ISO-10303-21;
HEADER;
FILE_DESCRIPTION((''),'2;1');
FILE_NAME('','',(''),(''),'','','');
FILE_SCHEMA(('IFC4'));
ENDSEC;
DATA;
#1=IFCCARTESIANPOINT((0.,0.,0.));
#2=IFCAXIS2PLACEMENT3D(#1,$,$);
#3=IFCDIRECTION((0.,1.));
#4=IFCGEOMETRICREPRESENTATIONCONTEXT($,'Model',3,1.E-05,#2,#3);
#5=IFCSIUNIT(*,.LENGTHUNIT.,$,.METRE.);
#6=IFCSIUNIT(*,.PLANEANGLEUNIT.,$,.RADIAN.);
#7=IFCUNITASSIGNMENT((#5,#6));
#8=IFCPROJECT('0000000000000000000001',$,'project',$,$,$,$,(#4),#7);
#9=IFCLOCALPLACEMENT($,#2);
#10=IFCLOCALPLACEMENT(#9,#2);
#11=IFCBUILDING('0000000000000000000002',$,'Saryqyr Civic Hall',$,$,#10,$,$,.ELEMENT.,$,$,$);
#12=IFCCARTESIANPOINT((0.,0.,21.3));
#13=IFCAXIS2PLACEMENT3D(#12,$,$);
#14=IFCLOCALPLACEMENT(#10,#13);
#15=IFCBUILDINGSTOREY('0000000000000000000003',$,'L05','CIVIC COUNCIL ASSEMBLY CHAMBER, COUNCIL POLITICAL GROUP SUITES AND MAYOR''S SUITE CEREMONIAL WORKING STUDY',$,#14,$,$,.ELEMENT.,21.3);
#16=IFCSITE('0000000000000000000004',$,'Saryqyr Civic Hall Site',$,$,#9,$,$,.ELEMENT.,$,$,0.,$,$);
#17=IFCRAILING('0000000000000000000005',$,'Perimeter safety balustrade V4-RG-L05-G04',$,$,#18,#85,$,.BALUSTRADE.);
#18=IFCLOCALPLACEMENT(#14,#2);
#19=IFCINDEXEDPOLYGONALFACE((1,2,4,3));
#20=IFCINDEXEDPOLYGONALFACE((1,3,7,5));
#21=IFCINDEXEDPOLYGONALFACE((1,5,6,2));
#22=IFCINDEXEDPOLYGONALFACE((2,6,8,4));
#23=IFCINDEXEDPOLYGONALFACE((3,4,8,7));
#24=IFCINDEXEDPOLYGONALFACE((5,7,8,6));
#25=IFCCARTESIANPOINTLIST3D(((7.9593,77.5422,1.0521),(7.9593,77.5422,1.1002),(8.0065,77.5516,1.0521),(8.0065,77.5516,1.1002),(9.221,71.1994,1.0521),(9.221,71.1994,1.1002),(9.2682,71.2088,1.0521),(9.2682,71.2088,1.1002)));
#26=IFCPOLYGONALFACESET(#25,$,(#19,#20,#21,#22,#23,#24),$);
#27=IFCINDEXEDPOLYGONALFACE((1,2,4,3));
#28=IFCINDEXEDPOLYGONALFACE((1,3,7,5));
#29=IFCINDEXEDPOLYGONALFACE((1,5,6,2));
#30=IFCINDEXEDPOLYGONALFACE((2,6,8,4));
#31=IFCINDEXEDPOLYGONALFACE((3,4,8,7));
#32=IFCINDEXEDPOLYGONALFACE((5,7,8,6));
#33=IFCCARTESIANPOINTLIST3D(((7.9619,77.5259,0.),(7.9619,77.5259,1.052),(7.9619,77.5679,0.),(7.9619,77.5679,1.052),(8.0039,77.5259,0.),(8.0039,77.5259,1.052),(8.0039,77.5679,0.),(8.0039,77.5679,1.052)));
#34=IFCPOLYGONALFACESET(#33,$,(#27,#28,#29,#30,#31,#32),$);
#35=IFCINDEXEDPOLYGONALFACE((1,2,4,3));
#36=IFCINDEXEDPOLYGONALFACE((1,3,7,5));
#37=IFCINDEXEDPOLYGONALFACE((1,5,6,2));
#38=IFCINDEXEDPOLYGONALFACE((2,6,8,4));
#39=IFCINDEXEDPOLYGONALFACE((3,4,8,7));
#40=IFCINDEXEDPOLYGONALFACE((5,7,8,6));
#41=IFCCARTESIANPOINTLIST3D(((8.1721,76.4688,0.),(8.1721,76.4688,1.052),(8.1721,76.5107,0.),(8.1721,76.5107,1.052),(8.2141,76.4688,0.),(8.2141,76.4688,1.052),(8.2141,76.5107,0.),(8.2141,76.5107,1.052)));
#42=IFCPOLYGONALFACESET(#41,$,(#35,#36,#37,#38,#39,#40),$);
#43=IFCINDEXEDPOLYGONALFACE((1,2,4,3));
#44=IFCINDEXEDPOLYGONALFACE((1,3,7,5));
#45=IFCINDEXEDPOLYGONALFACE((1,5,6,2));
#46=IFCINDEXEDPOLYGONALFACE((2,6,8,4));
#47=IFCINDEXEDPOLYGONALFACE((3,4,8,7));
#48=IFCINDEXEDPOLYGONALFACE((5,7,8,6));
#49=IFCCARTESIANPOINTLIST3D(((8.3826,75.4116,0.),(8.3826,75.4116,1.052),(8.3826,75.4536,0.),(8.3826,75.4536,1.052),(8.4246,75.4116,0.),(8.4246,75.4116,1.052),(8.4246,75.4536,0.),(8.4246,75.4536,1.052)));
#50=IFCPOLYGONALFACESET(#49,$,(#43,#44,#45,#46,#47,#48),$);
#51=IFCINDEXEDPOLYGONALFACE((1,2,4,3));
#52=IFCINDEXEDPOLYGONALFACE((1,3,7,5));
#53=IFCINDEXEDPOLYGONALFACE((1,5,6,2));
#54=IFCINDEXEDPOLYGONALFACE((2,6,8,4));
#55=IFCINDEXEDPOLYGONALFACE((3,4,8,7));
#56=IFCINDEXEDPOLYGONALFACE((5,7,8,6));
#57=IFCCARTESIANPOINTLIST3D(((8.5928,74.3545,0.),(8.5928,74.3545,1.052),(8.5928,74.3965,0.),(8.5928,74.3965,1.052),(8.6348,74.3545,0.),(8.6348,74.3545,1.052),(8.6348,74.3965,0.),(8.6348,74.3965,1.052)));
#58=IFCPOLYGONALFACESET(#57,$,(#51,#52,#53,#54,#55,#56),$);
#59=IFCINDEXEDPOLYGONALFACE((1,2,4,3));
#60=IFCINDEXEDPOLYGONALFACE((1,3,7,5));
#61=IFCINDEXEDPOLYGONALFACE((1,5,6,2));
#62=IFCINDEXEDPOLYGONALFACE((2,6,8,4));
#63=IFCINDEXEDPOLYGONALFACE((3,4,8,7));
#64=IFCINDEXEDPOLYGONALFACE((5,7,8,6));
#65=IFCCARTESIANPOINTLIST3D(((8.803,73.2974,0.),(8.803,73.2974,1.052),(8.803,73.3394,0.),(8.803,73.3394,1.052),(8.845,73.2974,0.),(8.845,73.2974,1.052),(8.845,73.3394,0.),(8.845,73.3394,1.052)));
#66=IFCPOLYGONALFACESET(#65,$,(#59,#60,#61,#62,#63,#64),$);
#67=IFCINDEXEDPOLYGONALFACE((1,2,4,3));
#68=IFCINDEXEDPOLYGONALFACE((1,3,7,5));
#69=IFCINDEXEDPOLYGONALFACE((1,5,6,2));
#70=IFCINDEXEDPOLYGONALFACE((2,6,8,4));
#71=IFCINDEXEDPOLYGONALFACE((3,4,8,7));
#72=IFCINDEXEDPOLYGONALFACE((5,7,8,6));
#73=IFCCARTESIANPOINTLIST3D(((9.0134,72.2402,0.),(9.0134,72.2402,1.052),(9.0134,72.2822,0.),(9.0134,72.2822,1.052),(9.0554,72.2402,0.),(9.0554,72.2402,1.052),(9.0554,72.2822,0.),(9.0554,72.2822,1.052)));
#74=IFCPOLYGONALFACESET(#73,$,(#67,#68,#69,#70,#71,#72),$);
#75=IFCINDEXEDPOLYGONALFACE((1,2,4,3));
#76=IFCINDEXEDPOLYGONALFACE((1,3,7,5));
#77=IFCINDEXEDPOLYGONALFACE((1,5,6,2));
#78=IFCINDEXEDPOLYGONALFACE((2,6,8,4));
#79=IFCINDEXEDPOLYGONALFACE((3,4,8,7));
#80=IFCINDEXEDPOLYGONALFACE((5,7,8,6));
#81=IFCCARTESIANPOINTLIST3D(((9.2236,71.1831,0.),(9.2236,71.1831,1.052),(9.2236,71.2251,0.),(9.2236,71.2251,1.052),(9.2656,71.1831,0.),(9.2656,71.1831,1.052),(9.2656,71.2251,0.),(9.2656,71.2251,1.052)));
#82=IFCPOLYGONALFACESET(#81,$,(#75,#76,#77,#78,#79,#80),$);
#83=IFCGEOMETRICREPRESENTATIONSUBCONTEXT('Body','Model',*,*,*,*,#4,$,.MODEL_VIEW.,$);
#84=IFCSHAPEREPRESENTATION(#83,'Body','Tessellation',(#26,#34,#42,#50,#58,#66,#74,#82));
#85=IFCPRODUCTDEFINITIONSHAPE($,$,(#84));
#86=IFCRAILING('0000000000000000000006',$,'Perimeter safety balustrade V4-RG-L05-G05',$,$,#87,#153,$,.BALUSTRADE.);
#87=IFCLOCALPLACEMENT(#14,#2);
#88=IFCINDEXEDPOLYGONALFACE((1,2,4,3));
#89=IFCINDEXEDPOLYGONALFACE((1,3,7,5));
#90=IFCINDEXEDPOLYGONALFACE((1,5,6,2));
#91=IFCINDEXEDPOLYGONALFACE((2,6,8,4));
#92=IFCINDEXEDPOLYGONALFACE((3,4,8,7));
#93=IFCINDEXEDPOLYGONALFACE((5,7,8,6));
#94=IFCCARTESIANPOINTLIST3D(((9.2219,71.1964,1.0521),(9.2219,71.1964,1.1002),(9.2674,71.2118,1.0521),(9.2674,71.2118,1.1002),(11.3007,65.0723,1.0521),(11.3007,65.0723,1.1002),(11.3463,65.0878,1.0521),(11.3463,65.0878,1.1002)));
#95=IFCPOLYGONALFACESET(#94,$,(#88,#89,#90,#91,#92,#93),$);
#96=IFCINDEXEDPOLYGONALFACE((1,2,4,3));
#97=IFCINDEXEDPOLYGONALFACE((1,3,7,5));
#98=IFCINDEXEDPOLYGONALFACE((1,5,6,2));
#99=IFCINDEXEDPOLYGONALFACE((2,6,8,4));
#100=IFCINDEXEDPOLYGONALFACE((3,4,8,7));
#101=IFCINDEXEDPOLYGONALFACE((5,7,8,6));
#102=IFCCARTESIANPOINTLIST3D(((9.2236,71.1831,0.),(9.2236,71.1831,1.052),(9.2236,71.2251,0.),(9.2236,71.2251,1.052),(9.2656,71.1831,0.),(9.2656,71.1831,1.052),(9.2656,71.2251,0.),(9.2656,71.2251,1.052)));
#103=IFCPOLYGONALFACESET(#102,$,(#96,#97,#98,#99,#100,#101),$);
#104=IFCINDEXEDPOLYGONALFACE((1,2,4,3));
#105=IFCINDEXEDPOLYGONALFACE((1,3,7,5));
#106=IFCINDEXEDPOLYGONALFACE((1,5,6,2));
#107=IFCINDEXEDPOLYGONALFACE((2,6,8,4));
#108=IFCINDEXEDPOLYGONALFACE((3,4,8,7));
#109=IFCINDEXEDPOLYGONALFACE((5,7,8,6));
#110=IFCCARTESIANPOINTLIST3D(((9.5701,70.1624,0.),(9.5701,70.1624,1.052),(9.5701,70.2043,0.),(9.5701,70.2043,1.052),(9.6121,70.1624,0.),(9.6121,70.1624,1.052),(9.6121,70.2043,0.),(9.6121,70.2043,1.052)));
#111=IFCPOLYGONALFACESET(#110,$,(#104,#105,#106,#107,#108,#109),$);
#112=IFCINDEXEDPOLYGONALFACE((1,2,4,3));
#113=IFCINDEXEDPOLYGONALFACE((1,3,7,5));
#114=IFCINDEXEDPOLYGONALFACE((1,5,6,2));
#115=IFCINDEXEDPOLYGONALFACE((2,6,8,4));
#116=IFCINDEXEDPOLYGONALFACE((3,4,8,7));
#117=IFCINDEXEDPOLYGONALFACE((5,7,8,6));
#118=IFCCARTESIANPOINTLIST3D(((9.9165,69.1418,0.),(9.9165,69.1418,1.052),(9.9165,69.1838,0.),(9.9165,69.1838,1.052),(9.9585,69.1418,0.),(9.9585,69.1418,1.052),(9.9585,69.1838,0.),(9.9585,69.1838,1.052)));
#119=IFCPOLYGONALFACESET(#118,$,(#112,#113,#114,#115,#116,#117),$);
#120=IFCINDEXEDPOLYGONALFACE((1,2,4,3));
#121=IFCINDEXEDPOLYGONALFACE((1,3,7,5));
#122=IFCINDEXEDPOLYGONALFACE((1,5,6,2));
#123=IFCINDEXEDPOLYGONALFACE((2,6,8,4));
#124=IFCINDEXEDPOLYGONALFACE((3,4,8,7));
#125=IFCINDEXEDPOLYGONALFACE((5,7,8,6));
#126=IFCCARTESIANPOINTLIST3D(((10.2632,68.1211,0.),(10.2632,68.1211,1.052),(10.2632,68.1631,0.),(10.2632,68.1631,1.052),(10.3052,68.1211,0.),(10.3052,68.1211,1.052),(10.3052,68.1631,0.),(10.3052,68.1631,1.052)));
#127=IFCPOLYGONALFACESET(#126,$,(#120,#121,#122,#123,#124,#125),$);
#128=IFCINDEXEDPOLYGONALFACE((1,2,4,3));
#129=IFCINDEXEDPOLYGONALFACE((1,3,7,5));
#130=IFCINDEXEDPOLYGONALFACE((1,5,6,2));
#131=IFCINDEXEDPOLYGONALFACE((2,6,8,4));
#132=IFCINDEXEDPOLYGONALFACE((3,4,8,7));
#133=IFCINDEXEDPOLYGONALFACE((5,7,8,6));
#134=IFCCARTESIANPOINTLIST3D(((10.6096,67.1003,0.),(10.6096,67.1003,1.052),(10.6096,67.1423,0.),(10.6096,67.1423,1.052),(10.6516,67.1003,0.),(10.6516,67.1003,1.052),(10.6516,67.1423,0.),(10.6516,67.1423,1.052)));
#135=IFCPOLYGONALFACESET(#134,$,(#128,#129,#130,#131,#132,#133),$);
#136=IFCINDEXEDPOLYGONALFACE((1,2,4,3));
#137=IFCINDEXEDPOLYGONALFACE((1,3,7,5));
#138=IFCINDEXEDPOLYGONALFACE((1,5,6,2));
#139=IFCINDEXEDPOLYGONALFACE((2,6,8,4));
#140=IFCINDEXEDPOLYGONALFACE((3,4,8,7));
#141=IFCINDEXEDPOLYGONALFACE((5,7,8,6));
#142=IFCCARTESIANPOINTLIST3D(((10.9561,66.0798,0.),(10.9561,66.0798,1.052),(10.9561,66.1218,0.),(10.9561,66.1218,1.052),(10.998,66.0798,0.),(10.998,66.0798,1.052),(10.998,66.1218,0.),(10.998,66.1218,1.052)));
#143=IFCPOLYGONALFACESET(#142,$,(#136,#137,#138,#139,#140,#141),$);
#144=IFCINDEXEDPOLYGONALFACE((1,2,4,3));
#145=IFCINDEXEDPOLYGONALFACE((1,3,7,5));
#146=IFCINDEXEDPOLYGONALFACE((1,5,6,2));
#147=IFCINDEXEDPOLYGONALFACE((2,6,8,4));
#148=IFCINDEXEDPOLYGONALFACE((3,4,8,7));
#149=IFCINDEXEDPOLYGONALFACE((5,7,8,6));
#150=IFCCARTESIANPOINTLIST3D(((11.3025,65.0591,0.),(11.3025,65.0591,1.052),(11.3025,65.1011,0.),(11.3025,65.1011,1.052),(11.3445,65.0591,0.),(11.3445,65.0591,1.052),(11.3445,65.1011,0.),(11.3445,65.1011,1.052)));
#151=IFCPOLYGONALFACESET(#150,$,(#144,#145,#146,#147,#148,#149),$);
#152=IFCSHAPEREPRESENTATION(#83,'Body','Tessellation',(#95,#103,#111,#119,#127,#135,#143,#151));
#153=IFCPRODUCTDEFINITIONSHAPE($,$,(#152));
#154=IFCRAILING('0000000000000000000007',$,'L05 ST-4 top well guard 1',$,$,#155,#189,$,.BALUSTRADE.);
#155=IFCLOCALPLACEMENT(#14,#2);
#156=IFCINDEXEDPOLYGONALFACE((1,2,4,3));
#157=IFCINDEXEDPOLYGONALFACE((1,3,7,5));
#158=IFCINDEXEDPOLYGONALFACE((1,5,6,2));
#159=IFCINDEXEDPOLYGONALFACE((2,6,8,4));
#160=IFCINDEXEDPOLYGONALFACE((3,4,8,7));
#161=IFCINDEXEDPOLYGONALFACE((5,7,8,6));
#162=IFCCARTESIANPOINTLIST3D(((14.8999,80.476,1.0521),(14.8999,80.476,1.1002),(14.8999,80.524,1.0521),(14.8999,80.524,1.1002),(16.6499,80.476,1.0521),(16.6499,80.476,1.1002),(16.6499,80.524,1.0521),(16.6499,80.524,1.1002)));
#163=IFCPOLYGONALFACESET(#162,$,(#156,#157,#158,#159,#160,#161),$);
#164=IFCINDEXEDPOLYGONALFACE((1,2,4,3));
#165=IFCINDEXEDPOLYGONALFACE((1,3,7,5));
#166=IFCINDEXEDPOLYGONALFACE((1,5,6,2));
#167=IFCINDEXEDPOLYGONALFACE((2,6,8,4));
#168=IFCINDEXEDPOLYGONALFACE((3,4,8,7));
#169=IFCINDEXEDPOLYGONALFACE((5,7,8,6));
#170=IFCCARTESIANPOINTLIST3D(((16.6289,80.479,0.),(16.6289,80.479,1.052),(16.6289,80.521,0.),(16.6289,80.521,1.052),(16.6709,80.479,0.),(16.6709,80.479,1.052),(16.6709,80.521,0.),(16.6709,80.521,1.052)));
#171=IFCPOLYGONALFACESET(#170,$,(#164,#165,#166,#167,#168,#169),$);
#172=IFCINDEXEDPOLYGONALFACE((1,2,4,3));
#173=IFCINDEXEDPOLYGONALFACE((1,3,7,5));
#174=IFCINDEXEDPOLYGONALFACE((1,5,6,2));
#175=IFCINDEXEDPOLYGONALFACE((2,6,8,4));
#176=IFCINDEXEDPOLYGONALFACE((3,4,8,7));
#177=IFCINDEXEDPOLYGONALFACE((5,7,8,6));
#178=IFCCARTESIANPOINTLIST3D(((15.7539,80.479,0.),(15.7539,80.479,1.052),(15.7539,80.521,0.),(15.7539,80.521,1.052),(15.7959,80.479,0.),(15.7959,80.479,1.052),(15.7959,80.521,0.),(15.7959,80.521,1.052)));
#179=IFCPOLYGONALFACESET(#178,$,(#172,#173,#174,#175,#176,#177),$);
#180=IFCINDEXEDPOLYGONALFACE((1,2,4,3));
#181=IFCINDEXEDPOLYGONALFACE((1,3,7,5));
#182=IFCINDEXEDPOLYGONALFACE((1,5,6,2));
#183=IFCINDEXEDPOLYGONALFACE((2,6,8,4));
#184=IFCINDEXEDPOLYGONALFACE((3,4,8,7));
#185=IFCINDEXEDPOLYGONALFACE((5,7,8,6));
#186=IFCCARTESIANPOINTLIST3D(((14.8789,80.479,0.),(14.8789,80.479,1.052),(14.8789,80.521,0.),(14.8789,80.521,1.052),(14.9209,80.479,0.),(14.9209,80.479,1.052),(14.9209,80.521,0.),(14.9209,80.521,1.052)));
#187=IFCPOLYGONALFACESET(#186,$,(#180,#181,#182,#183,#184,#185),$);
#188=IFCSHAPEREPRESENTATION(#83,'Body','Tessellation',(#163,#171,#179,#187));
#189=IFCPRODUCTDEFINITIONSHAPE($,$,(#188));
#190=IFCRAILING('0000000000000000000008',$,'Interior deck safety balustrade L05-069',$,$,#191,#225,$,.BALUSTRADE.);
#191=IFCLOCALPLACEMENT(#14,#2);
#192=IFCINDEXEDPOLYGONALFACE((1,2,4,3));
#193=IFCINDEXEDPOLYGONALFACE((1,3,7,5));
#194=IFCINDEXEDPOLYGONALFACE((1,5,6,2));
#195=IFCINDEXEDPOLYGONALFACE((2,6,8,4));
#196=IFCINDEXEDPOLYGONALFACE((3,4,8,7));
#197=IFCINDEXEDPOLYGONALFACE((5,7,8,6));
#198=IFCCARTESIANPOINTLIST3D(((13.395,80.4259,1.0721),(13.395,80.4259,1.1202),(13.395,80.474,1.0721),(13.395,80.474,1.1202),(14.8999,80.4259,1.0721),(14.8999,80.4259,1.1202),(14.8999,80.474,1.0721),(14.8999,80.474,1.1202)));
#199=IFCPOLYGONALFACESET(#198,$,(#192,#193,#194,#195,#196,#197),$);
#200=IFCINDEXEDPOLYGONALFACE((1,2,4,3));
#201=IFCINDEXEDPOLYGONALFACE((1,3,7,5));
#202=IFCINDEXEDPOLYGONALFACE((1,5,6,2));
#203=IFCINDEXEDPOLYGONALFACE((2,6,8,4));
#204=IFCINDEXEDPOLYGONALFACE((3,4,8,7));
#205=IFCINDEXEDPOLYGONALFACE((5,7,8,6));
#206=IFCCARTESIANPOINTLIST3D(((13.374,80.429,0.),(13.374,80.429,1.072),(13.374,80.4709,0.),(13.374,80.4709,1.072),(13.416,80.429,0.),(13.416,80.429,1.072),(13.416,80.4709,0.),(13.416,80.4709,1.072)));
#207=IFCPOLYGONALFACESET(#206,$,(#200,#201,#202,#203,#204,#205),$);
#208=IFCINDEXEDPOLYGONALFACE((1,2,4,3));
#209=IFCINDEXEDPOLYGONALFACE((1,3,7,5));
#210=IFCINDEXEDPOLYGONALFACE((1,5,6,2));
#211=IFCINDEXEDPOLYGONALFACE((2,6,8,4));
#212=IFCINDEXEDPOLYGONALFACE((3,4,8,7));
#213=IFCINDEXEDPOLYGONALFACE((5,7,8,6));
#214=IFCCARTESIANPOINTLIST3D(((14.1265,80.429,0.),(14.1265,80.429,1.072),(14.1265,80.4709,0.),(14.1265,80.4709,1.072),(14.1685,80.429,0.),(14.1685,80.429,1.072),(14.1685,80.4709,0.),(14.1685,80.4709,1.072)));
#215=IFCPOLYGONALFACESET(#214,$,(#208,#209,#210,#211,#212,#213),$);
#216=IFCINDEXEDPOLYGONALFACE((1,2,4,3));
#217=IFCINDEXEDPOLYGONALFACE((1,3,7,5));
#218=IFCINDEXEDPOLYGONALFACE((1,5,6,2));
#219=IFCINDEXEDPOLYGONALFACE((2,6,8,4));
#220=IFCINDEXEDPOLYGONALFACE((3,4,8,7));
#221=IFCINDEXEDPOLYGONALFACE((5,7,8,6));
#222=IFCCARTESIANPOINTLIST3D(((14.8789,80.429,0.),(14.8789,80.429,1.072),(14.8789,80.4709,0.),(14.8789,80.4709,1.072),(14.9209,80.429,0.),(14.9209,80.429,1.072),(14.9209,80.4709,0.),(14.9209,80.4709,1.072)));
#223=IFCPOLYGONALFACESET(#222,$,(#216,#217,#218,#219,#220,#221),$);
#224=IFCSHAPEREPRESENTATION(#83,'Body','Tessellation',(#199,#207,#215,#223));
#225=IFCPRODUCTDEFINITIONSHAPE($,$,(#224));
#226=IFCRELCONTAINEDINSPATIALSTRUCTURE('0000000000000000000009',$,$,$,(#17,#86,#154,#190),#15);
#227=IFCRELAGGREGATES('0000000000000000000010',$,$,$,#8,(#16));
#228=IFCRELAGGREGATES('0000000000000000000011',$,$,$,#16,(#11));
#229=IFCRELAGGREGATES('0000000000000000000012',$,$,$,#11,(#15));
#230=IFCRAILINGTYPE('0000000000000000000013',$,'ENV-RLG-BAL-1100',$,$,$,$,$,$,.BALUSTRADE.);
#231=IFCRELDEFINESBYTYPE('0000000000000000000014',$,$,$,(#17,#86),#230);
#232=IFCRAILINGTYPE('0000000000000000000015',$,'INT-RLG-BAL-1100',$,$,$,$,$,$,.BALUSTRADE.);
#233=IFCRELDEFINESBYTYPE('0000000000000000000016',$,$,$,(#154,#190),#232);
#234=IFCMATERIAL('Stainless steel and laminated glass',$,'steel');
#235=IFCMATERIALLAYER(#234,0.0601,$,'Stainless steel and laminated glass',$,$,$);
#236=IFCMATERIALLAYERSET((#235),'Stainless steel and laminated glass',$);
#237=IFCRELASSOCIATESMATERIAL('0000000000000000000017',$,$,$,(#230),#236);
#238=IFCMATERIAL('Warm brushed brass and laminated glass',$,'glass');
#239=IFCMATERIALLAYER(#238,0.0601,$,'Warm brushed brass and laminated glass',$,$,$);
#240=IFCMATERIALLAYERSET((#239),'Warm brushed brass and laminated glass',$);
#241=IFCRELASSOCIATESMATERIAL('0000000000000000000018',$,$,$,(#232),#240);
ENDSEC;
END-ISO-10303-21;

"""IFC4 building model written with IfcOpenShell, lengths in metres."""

from ifc_helpers import new_model, si_unit, direction, frame, origin, origin_2d, place, context, subcontext, project, spatial, rectangle, extrude, material, layer, layer_set, type_object, element, save


model = new_model("IFC4")

# Units and contexts
model_context = context("Model", 3, precision=1e-05, world=origin(), true_north=direction((0.0, 1.0)))
body_context = subcontext(model_context, "Body", "Model", "MODEL_VIEW")
ifc_project = project(units=[si_unit("LENGTHUNIT", "METRE"), si_unit("PLANEANGLEUNIT", "RADIAN")], contexts=[model_context])

# Site, building, storey
site_placement = place(None, origin())
site = spatial("IfcSite", under=ifc_project, at=site_placement, Name="Saryqyr Civic Hall Site", CompositionType="ELEMENT", RefElevation=0.0)
building_placement = place(site_placement, origin())
building = spatial("IfcBuilding", under=site, at=building_placement, Name="Saryqyr Civic Hall", CompositionType="ELEMENT")
storey_placement = place(building_placement, frame((0.0, 0.0, 21.3)))
storey = spatial("IfcBuildingStorey", under=building, at=storey_placement, Name="L05", Description="CIVIC COUNCIL ASSEMBLY CHAMBER, COUNCIL POLITICAL GROUP SUITES AND MAYOR'S SUITE CEREMONIAL WORKING STUDY", CompositionType="ELEMENT", Elevation=21.3)

# Railings
ifc_material_1 = material(Name="Stainless steel and laminated glass", Category="steel")
ifc_layer_1 = layer(ifc_material_1, 0.0601, Name="Stainless steel and laminated glass")
ifc_layer_set_1 = layer_set([ifc_layer_1], Name="Stainless steel and laminated glass")
railing_type_1 = type_object("IfcRailingType", Name="ENV-RLG-BAL-1100", PredefinedType="BALUSTRADE", material=ifc_layer_set_1)
railing_1_placement = place(storey_placement, frame((7.9829, 77.5469, 0.0)))
element("IfcRailing", 1, at=railing_1_placement, inside=storey, type_object=railing_type_1, Name="Perimeter safety balustrade V4-RG-L05-G04", PredefinedType="BALUSTRADE", context=body_context, shape_type="SweptSolid", body=[
    extrude(rectangle(XDim=0.0481, YDim=0.0481, at=origin_2d()), frame((0.0, 0.0, 1.0762), z_axis=(0.1951, -0.980783, 0.0), x_axis=(0.980783, 0.1951, 0.0)), (0.0, 0.0, 1.0), 6.467),
    extrude(rectangle(XDim=0.042, YDim=0.042, at=origin_2d()), origin(), (0.0, 0.0, 1.0), 1.052),
    extrude(rectangle(XDim=0.042, YDim=0.042, at=origin_2d()), frame((0.2102, -1.0571, 0.0)), (0.0, 0.0, 1.0), 1.052),
    extrude(rectangle(XDim=0.042, YDim=0.042, at=origin_2d()), frame((0.4207, -2.1143, 0.0)), (0.0, 0.0, 1.0), 1.052),
    extrude(rectangle(XDim=0.042, YDim=0.042, at=origin_2d()), frame((0.6309, -3.1714, 0.0)), (0.0, 0.0, 1.0), 1.052),
    extrude(rectangle(XDim=0.042, YDim=0.042, at=origin_2d()), frame((0.8411, -4.2285, 0.0)), (0.0, 0.0, 1.0), 1.052),
    extrude(rectangle(XDim=0.042, YDim=0.042, at=origin_2d()), frame((1.0515, -5.2856, 0.0)), (0.0, 0.0, 1.0), 1.052),
    extrude(rectangle(XDim=0.042, YDim=0.042, at=origin_2d()), frame((1.2617, -6.3428, 0.0)), (0.0, 0.0, 1.0), 1.052),
])
railing_2_placement = place(storey_placement, frame((9.2446, 71.2041, 0.0)))
element("IfcRailing", 2, at=railing_2_placement, inside=storey, type_object=railing_type_1, Name="Perimeter safety balustrade V4-RG-L05-G05", PredefinedType="BALUSTRADE", context=body_context, shape_type="SweptSolid", body=[
    extrude(rectangle(XDim=0.0481, YDim=0.0481, at=origin_2d()), frame((0.0, 0.0, 1.0762), z_axis=(0.321444, -0.946929, 0.0), x_axis=(0.946929, 0.321444, 0.0)), (0.0, 0.0, 1.0), 6.4673),
    extrude(rectangle(XDim=0.042, YDim=0.042, at=origin_2d()), origin(), (0.0, 0.0, 1.0), 1.052),
    extrude(rectangle(XDim=0.042, YDim=0.042, at=origin_2d()), frame((0.3464, -1.0208, 0.0)), (0.0, 0.0, 1.0), 1.052),
    extrude(rectangle(XDim=0.042, YDim=0.042, at=origin_2d()), frame((0.6929, -2.0413, 0.0)), (0.0, 0.0, 1.0), 1.052),
    extrude(rectangle(XDim=0.042, YDim=0.042, at=origin_2d()), frame((1.0396, -3.062, 0.0)), (0.0, 0.0, 1.0), 1.052),
    extrude(rectangle(XDim=0.042, YDim=0.042, at=origin_2d()), frame((1.386, -4.0828, 0.0)), (0.0, 0.0, 1.0), 1.052),
    extrude(rectangle(XDim=0.042, YDim=0.042, at=origin_2d()), frame((1.7324, -5.1033, 0.0)), (0.0, 0.0, 1.0), 1.052),
    extrude(rectangle(XDim=0.042, YDim=0.042, at=origin_2d()), frame((2.0789, -6.124, 0.0)), (0.0, 0.0, 1.0), 1.052),
])
ifc_material_2 = material(Name="Warm brushed brass and laminated glass", Category="glass")
ifc_layer_2 = layer(ifc_material_2, 0.0601, Name="Warm brushed brass and laminated glass")
ifc_layer_set_2 = layer_set([ifc_layer_2], Name="Warm brushed brass and laminated glass")
railing_type_2 = type_object("IfcRailingType", Name="INT-RLG-BAL-1100", PredefinedType="BALUSTRADE", material=ifc_layer_set_2)
railing_3_placement = place(storey_placement, frame((16.6499, 80.5, 0.0)))
element("IfcRailing", 3, at=railing_3_placement, inside=storey, type_object=railing_type_2, Name="L05 ST-4 top well guard 1", PredefinedType="BALUSTRADE", context=body_context, shape_type="SweptSolid", body=[
    extrude(rectangle(XDim=0.0481, YDim=0.0481, at=origin_2d()), frame((0.0, 0.0, 1.0762), z_axis=(-1.0, 0.0, 0.0), x_axis=(0.0, -1.0, 0.0)), (0.0, 0.0, 1.0), 1.75),
    extrude(rectangle(XDim=0.042, YDim=0.042, at=origin_2d()), origin(), (0.0, 0.0, 1.0), 1.052),
    extrude(rectangle(XDim=0.042, YDim=0.042, at=origin_2d()), frame((-0.875, 0.0, 0.0)), (0.0, 0.0, 1.0), 1.052),
    extrude(rectangle(XDim=0.042, YDim=0.042, at=origin_2d()), frame((-1.75, 0.0, 0.0)), (0.0, 0.0, 1.0), 1.052),
])
railing_4_placement = place(storey_placement, frame((13.395, 80.45, 0.0)))
element("IfcRailing", 4, at=railing_4_placement, inside=storey, type_object=railing_type_2, Name="Interior deck safety balustrade L05-069", PredefinedType="BALUSTRADE", context=body_context, shape_type="SweptSolid", body=[
    extrude(rectangle(XDim=0.0481, YDim=0.0481, at=origin_2d()), frame((0.0, 0.0, 1.0962), z_axis=(1.0, 0.0, 0.0), x_axis=(0.0, 1.0, 0.0)), (0.0, 0.0, 1.0), 1.5049),
    extrude(rectangle(XDim=0.042, YDim=0.042, at=origin_2d()), origin(), (0.0, 0.0, 1.0), 1.072),
    extrude(rectangle(XDim=0.042, YDim=0.042, at=origin_2d()), frame((0.7524, 0.0, 0.0)), (0.0, 0.0, 1.0), 1.072),
    extrude(rectangle(XDim=0.042, YDim=0.042, at=origin_2d()), frame((1.5049, 0.0, 0.0)), (0.0, 0.0, 1.0), 1.072),
])

save(model, "model.ifc")
